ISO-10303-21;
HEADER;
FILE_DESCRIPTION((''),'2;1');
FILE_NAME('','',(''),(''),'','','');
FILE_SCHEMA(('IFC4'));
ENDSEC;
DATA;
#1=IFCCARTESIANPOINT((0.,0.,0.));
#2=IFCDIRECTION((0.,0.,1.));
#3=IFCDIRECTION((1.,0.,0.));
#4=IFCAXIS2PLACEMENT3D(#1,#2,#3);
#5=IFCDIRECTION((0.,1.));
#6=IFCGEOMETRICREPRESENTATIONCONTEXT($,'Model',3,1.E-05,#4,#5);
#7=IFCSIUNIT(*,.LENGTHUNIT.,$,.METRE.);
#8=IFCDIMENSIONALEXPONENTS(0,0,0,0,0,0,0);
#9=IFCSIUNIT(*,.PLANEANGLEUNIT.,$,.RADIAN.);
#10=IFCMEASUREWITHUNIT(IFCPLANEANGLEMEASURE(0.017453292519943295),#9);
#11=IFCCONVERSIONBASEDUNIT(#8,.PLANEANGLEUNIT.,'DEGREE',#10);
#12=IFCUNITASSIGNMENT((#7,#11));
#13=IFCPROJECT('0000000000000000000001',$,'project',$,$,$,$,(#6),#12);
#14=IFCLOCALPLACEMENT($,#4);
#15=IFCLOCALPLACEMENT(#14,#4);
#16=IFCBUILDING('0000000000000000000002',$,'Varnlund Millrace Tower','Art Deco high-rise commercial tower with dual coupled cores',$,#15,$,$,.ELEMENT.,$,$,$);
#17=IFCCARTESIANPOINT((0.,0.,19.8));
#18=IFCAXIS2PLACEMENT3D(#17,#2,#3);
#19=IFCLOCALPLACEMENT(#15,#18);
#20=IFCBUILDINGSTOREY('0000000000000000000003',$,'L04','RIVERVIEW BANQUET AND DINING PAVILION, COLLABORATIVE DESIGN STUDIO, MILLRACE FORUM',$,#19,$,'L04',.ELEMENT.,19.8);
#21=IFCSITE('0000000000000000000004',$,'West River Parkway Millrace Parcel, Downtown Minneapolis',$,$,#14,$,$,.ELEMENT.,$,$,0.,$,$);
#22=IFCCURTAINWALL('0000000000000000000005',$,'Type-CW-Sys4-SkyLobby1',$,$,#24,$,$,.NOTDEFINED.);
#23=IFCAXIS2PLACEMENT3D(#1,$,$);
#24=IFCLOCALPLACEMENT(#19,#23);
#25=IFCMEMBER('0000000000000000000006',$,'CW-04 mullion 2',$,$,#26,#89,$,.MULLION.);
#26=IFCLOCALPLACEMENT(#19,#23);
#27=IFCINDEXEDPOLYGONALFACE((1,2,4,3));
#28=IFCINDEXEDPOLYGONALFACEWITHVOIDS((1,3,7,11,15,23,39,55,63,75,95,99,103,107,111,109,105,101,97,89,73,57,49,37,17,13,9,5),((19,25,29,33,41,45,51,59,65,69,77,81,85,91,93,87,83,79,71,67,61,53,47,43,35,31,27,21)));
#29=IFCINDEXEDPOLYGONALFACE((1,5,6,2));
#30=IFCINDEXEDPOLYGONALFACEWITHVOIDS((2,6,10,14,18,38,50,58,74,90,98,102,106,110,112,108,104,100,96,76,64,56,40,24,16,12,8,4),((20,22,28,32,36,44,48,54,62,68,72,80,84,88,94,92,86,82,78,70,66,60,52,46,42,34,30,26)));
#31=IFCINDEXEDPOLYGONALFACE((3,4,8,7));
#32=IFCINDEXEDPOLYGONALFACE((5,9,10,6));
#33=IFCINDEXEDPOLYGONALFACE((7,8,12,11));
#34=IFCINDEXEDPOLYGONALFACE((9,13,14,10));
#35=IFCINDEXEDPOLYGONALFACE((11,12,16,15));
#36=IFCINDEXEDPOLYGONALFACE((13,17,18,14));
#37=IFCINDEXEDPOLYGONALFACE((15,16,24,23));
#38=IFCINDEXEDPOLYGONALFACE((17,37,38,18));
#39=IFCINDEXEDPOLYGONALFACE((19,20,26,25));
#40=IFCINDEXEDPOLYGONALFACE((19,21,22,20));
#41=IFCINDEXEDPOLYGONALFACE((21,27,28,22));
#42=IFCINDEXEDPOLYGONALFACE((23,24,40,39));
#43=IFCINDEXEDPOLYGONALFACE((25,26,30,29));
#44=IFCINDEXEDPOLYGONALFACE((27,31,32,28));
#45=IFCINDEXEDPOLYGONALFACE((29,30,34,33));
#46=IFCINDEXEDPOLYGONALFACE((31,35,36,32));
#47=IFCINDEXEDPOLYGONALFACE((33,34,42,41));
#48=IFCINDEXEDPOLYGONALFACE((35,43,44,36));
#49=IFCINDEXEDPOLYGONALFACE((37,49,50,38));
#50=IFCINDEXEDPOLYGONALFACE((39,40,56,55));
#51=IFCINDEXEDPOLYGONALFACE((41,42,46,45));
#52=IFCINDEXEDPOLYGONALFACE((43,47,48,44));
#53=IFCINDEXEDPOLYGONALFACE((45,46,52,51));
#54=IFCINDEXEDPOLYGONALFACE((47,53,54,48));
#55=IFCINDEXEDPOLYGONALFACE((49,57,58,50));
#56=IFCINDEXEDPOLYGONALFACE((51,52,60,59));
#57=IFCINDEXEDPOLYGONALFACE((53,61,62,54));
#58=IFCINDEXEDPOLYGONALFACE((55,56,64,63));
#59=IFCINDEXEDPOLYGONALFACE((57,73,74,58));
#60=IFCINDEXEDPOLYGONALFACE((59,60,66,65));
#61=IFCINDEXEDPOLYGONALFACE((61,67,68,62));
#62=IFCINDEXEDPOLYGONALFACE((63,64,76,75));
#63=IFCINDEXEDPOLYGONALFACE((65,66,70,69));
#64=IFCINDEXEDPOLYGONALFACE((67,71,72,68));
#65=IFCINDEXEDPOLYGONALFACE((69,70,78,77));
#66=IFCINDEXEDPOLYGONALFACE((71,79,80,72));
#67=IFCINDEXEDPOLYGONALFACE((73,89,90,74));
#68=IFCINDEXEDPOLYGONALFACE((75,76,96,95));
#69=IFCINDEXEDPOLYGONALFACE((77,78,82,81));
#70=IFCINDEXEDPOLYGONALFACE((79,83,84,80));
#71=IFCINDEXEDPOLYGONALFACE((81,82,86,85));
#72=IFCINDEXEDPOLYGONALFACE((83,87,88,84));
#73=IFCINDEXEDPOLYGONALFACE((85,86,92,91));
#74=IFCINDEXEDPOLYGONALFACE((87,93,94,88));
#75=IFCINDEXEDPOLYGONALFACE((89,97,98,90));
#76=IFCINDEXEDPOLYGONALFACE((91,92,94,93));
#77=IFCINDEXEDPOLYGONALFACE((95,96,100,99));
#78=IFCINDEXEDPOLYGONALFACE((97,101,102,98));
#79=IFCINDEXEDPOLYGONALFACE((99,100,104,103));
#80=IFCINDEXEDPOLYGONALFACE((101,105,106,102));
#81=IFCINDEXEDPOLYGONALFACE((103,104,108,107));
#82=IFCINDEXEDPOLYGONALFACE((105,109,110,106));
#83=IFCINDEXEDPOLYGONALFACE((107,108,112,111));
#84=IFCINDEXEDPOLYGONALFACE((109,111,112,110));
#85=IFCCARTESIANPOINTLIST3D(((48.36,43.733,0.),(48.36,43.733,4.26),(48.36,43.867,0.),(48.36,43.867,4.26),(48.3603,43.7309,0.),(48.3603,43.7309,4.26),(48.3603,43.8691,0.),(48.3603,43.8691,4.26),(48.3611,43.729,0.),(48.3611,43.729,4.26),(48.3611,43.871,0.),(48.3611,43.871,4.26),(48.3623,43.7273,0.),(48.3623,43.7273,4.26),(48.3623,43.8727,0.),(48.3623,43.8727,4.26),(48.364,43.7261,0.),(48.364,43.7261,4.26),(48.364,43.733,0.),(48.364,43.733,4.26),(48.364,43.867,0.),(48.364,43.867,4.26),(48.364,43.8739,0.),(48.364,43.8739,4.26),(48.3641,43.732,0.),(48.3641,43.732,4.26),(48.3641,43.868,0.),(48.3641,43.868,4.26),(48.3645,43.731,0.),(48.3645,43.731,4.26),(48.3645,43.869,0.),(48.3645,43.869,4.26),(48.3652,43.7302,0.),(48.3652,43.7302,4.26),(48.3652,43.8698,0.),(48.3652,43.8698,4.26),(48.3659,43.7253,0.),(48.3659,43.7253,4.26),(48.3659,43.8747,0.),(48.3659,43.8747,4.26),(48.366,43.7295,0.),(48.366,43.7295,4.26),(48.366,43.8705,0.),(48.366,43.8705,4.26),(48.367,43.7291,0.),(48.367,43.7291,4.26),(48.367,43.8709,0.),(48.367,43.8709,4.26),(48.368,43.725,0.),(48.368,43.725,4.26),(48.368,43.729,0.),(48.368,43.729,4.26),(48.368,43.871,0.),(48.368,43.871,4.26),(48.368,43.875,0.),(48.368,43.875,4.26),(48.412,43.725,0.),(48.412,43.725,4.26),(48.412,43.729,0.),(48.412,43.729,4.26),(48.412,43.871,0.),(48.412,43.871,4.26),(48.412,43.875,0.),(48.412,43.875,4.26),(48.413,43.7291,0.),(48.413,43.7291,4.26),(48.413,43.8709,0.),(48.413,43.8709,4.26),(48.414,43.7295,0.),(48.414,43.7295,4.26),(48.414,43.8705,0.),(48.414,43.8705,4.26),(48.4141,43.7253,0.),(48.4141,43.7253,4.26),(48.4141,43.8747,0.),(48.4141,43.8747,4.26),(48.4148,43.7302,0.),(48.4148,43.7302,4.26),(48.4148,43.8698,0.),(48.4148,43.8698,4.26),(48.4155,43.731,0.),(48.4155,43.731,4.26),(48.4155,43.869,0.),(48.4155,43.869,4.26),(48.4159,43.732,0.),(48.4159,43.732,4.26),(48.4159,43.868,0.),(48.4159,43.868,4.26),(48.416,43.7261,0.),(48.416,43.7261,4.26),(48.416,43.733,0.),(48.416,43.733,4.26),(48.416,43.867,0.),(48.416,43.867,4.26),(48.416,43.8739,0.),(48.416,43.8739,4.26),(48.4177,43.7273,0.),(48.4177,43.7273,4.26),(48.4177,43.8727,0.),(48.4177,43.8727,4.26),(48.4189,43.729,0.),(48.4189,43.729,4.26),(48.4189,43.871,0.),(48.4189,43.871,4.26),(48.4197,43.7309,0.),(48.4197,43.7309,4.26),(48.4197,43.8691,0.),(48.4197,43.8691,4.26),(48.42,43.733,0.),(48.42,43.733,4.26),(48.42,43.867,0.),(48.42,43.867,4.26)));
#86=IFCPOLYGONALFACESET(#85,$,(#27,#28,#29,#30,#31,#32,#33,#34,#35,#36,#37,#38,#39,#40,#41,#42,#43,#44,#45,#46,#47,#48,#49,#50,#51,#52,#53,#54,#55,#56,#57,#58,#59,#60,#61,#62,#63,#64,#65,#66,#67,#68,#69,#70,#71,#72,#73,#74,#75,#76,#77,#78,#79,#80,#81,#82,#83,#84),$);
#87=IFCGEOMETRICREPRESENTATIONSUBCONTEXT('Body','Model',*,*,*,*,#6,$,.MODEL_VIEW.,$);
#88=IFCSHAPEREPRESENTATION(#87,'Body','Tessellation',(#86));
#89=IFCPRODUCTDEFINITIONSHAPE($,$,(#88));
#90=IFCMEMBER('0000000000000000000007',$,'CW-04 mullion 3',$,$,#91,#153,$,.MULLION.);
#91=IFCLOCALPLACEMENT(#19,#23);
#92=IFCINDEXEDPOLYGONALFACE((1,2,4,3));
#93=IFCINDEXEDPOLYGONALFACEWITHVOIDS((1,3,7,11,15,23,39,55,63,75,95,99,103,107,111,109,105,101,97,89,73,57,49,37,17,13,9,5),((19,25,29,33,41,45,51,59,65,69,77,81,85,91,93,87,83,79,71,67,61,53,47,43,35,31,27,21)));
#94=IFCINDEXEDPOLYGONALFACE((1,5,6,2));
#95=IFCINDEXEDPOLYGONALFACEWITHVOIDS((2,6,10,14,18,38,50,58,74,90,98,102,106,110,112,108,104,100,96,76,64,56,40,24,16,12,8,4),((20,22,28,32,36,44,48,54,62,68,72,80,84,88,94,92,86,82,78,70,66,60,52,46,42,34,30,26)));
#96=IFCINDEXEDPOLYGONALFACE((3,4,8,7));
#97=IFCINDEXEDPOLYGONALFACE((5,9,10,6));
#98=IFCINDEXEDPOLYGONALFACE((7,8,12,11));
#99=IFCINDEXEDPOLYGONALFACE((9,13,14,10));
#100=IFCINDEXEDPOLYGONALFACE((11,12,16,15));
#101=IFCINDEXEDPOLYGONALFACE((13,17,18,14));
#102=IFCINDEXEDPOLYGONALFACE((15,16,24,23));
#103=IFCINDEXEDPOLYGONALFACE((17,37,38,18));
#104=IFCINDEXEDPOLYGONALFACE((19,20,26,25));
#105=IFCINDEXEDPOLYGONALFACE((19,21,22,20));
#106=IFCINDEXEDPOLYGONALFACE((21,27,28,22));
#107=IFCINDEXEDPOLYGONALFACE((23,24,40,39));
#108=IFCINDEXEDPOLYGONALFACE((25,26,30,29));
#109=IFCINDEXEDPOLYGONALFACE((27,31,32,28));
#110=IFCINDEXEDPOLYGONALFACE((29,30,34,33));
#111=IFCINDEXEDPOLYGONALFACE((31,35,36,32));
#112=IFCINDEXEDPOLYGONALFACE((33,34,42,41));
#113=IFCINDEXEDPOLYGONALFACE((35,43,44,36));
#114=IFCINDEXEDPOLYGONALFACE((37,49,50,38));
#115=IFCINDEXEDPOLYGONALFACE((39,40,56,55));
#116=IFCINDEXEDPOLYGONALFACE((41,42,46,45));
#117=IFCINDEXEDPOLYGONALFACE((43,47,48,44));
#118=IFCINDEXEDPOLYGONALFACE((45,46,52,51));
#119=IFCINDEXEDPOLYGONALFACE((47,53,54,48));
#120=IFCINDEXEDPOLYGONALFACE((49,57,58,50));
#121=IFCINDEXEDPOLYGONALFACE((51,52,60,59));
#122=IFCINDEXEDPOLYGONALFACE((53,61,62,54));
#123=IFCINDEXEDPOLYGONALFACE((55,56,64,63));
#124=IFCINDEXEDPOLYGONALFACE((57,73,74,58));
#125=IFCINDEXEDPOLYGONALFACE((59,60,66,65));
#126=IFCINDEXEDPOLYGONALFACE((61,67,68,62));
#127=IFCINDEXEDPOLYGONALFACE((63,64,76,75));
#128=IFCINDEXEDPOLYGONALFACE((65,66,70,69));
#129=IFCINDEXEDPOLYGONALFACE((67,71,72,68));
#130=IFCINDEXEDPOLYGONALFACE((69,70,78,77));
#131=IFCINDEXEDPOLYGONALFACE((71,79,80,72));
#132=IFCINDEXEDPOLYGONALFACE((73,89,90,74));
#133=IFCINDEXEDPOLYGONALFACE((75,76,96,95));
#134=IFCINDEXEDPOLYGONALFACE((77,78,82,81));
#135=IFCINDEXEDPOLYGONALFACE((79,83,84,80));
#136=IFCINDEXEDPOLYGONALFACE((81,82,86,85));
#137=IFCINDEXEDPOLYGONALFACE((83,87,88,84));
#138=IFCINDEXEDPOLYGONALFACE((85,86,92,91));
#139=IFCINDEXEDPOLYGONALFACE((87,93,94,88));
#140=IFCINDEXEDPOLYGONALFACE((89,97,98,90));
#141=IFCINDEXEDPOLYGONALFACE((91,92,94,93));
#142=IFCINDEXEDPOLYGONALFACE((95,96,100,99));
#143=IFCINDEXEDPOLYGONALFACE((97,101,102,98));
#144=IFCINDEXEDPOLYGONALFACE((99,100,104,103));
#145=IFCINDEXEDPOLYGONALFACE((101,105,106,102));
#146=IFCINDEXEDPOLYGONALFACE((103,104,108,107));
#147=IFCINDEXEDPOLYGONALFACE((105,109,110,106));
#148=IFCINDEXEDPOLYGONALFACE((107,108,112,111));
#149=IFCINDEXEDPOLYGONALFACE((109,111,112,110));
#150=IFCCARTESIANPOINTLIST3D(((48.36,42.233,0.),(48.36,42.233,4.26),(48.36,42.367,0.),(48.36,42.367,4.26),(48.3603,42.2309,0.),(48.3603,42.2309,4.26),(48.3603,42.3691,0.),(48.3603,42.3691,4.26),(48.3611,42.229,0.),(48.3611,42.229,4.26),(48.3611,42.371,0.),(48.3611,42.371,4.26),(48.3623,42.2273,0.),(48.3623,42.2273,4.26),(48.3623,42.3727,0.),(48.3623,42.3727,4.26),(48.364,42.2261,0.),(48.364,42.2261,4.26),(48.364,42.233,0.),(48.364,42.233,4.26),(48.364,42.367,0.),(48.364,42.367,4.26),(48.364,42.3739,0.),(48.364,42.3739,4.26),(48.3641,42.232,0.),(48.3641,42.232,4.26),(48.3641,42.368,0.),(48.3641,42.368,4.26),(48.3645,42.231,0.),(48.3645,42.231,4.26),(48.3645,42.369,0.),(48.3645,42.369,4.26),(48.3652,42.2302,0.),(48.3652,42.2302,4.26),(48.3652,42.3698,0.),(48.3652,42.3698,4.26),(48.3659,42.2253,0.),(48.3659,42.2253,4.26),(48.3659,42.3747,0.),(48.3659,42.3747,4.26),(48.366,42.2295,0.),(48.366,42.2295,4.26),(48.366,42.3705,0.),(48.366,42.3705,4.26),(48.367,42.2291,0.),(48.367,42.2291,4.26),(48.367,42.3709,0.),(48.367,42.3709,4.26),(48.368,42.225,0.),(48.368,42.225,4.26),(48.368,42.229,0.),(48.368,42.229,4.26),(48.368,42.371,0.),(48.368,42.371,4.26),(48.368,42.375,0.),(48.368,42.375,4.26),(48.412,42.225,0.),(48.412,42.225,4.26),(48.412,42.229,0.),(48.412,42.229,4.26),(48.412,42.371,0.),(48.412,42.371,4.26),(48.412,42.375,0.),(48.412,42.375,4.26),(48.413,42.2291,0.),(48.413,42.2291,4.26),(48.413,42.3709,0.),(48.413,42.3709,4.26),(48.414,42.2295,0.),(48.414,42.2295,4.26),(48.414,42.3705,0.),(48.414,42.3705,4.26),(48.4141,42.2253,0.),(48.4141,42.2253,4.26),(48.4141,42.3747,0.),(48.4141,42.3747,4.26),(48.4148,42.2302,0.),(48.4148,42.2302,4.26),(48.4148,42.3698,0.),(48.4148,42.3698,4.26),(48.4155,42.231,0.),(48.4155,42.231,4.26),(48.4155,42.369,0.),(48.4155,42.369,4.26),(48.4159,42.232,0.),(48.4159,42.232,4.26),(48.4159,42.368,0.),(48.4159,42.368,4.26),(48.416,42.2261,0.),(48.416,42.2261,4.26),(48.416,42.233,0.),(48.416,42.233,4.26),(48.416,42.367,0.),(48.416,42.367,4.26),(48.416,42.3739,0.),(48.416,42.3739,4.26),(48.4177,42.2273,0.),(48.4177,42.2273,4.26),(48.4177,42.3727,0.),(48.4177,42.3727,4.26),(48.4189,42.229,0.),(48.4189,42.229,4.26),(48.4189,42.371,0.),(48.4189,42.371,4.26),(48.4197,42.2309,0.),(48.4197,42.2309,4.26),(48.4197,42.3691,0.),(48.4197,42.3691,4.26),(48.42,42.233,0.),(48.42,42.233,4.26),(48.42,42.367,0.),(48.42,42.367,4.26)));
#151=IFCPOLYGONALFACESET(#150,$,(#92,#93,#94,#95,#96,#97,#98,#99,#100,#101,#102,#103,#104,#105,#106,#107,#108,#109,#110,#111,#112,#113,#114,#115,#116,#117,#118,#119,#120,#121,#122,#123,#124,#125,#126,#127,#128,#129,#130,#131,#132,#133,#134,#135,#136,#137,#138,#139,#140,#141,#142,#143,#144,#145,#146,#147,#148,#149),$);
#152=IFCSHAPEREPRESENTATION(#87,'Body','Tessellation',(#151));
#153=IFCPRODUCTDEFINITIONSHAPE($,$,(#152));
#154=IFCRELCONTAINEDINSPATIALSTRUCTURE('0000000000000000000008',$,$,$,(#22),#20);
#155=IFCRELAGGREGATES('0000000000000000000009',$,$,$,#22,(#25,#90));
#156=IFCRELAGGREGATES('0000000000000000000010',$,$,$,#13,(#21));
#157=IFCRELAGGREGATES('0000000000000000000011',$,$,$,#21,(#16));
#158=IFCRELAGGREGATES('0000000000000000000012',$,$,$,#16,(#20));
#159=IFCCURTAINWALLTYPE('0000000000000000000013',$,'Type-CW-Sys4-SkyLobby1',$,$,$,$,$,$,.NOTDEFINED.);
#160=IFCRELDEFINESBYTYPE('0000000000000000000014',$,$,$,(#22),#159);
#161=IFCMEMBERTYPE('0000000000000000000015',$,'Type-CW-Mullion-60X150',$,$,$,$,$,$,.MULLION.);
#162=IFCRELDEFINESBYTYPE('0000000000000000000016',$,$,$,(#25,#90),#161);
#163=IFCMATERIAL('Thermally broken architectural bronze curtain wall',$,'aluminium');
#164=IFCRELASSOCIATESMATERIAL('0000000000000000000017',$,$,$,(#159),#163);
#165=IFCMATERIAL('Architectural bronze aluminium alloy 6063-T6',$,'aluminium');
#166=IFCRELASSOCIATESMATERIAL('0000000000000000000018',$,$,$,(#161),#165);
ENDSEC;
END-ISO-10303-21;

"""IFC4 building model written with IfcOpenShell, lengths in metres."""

from ifc_helpers import new_model, entity, si_unit, converted_unit, direction, frame, origin_with_axes, origin_2d_with_axis, place, context, subcontext, project, spatial, hollow_rectangle, extrude, material, material_profile, profile_set, type_object, element, aggregate, save


model = new_model("IFC4")

# Units and contexts
model_context = context("Model", 3, precision=1e-05, world=origin_with_axes(), true_north=direction((0.0, 1.0)))
body_context = subcontext(model_context, "Body", "Model", "MODEL_VIEW")
ifc_project = project(units=[si_unit("LENGTHUNIT", "METRE"), converted_unit("PLANEANGLEUNIT", "DEGREE", entity("IfcPlaneAngleMeasure", 0.017453292519943295), si_unit("PLANEANGLEUNIT", "RADIAN"), dimensions=[0, 0, 0, 0, 0, 0, 0])], contexts=[model_context])

# Site, building, storey
site_placement = place(None, origin_with_axes())
site = spatial("IfcSite", under=ifc_project, at=site_placement, Name="West River Parkway Millrace Parcel, Downtown Minneapolis", CompositionType="ELEMENT", RefElevation=0.0)
building_placement = place(site_placement, origin_with_axes())
building = spatial("IfcBuilding", under=site, at=building_placement, Name="Varnlund Millrace Tower", Description="Art Deco high-rise commercial tower with dual coupled cores", CompositionType="ELEMENT")
storey_placement = place(building_placement, frame((0.0, 0.0, 19.8), z_axis=(0.0, 0.0, 1.0), x_axis=(1.0, 0.0, 0.0)))
storey = spatial("IfcBuildingStorey", under=building, at=storey_placement, Name="L04", Description="RIVERVIEW BANQUET AND DINING PAVILION, COLLABORATIVE DESIGN STUDIO, MILLRACE FORUM", LongName="L04", CompositionType="ELEMENT", Elevation=19.8)

# Shared definitions
ifc_material_1 = material(Name="Thermally broken architectural bronze curtain wall", Category="aluminium")
curtain_wall_type = type_object("IfcCurtainWallType", Name="Type-CW-Sys4-SkyLobby1", PredefinedType="NOTDEFINED", material=ifc_material_1)
ifc_material_2 = material(Name="Architectural bronze aluminium alloy 6063-T6", Category="aluminium")
ifc_material_profile_1 = material_profile(ifc_material_2, hollow_rectangle(XDim=0.06, YDim=0.15, WallThickness=0.004, InnerFilletRadius=0.004, OuterFilletRadius=0.008, at=origin_2d_with_axis()), Name="Architectural bronze aluminium alloy 6063-T6")
ifc_profile_set_1 = profile_set([ifc_material_profile_1], Name="Architectural bronze aluminium alloy 6063-T6")
member_type_1 = type_object("IfcMemberType", Name="Type-CW-Mullion-60X150", PredefinedType="MULLION", material=ifc_profile_set_1)

# Curtain wall, members
curtain_wall_1_placement = place(storey_placement, frame((48.39, 45.3, 0.0), z_axis=(0.0, 0.0, 1.0), x_axis=(1.0, 0.0, 0.0)))
curtain_wall_1 = element("IfcCurtainWall", 1, at=curtain_wall_1_placement, inside=storey, type_object=curtain_wall_type, Name="Type-CW-Sys4-SkyLobby1", PredefinedType="NOTDEFINED")
member_1_placement = place(storey_placement, frame((48.39, 43.8, 0.0), z_axis=(0.0, 0.0, 1.0), x_axis=(1.0, 0.0, 0.0)))
member_1 = element("IfcMember", 2, at=member_1_placement, type_object=member_type_1, Name="CW-04 mullion 2", PredefinedType="MULLION", context=body_context, shape_type="SweptSolid", body=[
    extrude(hollow_rectangle(XDim=0.06, YDim=0.15, WallThickness=0.004, InnerFilletRadius=0.004, OuterFilletRadius=0.008, at=origin_2d_with_axis()), origin_with_axes(), (0.0, 0.0, 1.0), 4.26),
])
member_2_placement = place(storey_placement, frame((48.39, 42.3, 0.0), z_axis=(0.0, 0.0, 1.0), x_axis=(1.0, 0.0, 0.0)))
member_2 = element("IfcMember", 3, at=member_2_placement, type_object=member_type_1, Name="CW-04 mullion 3", PredefinedType="MULLION", context=body_context, shape_type="SweptSolid", body=[
    extrude(hollow_rectangle(XDim=0.06, YDim=0.15, WallThickness=0.004, InnerFilletRadius=0.004, OuterFilletRadius=0.008, at=origin_2d_with_axis()), origin_with_axes(), (0.0, 0.0, 1.0), 4.26),
])

aggregate(curtain_wall_1, [member_1, member_2])

save(model, "model.ifc")
